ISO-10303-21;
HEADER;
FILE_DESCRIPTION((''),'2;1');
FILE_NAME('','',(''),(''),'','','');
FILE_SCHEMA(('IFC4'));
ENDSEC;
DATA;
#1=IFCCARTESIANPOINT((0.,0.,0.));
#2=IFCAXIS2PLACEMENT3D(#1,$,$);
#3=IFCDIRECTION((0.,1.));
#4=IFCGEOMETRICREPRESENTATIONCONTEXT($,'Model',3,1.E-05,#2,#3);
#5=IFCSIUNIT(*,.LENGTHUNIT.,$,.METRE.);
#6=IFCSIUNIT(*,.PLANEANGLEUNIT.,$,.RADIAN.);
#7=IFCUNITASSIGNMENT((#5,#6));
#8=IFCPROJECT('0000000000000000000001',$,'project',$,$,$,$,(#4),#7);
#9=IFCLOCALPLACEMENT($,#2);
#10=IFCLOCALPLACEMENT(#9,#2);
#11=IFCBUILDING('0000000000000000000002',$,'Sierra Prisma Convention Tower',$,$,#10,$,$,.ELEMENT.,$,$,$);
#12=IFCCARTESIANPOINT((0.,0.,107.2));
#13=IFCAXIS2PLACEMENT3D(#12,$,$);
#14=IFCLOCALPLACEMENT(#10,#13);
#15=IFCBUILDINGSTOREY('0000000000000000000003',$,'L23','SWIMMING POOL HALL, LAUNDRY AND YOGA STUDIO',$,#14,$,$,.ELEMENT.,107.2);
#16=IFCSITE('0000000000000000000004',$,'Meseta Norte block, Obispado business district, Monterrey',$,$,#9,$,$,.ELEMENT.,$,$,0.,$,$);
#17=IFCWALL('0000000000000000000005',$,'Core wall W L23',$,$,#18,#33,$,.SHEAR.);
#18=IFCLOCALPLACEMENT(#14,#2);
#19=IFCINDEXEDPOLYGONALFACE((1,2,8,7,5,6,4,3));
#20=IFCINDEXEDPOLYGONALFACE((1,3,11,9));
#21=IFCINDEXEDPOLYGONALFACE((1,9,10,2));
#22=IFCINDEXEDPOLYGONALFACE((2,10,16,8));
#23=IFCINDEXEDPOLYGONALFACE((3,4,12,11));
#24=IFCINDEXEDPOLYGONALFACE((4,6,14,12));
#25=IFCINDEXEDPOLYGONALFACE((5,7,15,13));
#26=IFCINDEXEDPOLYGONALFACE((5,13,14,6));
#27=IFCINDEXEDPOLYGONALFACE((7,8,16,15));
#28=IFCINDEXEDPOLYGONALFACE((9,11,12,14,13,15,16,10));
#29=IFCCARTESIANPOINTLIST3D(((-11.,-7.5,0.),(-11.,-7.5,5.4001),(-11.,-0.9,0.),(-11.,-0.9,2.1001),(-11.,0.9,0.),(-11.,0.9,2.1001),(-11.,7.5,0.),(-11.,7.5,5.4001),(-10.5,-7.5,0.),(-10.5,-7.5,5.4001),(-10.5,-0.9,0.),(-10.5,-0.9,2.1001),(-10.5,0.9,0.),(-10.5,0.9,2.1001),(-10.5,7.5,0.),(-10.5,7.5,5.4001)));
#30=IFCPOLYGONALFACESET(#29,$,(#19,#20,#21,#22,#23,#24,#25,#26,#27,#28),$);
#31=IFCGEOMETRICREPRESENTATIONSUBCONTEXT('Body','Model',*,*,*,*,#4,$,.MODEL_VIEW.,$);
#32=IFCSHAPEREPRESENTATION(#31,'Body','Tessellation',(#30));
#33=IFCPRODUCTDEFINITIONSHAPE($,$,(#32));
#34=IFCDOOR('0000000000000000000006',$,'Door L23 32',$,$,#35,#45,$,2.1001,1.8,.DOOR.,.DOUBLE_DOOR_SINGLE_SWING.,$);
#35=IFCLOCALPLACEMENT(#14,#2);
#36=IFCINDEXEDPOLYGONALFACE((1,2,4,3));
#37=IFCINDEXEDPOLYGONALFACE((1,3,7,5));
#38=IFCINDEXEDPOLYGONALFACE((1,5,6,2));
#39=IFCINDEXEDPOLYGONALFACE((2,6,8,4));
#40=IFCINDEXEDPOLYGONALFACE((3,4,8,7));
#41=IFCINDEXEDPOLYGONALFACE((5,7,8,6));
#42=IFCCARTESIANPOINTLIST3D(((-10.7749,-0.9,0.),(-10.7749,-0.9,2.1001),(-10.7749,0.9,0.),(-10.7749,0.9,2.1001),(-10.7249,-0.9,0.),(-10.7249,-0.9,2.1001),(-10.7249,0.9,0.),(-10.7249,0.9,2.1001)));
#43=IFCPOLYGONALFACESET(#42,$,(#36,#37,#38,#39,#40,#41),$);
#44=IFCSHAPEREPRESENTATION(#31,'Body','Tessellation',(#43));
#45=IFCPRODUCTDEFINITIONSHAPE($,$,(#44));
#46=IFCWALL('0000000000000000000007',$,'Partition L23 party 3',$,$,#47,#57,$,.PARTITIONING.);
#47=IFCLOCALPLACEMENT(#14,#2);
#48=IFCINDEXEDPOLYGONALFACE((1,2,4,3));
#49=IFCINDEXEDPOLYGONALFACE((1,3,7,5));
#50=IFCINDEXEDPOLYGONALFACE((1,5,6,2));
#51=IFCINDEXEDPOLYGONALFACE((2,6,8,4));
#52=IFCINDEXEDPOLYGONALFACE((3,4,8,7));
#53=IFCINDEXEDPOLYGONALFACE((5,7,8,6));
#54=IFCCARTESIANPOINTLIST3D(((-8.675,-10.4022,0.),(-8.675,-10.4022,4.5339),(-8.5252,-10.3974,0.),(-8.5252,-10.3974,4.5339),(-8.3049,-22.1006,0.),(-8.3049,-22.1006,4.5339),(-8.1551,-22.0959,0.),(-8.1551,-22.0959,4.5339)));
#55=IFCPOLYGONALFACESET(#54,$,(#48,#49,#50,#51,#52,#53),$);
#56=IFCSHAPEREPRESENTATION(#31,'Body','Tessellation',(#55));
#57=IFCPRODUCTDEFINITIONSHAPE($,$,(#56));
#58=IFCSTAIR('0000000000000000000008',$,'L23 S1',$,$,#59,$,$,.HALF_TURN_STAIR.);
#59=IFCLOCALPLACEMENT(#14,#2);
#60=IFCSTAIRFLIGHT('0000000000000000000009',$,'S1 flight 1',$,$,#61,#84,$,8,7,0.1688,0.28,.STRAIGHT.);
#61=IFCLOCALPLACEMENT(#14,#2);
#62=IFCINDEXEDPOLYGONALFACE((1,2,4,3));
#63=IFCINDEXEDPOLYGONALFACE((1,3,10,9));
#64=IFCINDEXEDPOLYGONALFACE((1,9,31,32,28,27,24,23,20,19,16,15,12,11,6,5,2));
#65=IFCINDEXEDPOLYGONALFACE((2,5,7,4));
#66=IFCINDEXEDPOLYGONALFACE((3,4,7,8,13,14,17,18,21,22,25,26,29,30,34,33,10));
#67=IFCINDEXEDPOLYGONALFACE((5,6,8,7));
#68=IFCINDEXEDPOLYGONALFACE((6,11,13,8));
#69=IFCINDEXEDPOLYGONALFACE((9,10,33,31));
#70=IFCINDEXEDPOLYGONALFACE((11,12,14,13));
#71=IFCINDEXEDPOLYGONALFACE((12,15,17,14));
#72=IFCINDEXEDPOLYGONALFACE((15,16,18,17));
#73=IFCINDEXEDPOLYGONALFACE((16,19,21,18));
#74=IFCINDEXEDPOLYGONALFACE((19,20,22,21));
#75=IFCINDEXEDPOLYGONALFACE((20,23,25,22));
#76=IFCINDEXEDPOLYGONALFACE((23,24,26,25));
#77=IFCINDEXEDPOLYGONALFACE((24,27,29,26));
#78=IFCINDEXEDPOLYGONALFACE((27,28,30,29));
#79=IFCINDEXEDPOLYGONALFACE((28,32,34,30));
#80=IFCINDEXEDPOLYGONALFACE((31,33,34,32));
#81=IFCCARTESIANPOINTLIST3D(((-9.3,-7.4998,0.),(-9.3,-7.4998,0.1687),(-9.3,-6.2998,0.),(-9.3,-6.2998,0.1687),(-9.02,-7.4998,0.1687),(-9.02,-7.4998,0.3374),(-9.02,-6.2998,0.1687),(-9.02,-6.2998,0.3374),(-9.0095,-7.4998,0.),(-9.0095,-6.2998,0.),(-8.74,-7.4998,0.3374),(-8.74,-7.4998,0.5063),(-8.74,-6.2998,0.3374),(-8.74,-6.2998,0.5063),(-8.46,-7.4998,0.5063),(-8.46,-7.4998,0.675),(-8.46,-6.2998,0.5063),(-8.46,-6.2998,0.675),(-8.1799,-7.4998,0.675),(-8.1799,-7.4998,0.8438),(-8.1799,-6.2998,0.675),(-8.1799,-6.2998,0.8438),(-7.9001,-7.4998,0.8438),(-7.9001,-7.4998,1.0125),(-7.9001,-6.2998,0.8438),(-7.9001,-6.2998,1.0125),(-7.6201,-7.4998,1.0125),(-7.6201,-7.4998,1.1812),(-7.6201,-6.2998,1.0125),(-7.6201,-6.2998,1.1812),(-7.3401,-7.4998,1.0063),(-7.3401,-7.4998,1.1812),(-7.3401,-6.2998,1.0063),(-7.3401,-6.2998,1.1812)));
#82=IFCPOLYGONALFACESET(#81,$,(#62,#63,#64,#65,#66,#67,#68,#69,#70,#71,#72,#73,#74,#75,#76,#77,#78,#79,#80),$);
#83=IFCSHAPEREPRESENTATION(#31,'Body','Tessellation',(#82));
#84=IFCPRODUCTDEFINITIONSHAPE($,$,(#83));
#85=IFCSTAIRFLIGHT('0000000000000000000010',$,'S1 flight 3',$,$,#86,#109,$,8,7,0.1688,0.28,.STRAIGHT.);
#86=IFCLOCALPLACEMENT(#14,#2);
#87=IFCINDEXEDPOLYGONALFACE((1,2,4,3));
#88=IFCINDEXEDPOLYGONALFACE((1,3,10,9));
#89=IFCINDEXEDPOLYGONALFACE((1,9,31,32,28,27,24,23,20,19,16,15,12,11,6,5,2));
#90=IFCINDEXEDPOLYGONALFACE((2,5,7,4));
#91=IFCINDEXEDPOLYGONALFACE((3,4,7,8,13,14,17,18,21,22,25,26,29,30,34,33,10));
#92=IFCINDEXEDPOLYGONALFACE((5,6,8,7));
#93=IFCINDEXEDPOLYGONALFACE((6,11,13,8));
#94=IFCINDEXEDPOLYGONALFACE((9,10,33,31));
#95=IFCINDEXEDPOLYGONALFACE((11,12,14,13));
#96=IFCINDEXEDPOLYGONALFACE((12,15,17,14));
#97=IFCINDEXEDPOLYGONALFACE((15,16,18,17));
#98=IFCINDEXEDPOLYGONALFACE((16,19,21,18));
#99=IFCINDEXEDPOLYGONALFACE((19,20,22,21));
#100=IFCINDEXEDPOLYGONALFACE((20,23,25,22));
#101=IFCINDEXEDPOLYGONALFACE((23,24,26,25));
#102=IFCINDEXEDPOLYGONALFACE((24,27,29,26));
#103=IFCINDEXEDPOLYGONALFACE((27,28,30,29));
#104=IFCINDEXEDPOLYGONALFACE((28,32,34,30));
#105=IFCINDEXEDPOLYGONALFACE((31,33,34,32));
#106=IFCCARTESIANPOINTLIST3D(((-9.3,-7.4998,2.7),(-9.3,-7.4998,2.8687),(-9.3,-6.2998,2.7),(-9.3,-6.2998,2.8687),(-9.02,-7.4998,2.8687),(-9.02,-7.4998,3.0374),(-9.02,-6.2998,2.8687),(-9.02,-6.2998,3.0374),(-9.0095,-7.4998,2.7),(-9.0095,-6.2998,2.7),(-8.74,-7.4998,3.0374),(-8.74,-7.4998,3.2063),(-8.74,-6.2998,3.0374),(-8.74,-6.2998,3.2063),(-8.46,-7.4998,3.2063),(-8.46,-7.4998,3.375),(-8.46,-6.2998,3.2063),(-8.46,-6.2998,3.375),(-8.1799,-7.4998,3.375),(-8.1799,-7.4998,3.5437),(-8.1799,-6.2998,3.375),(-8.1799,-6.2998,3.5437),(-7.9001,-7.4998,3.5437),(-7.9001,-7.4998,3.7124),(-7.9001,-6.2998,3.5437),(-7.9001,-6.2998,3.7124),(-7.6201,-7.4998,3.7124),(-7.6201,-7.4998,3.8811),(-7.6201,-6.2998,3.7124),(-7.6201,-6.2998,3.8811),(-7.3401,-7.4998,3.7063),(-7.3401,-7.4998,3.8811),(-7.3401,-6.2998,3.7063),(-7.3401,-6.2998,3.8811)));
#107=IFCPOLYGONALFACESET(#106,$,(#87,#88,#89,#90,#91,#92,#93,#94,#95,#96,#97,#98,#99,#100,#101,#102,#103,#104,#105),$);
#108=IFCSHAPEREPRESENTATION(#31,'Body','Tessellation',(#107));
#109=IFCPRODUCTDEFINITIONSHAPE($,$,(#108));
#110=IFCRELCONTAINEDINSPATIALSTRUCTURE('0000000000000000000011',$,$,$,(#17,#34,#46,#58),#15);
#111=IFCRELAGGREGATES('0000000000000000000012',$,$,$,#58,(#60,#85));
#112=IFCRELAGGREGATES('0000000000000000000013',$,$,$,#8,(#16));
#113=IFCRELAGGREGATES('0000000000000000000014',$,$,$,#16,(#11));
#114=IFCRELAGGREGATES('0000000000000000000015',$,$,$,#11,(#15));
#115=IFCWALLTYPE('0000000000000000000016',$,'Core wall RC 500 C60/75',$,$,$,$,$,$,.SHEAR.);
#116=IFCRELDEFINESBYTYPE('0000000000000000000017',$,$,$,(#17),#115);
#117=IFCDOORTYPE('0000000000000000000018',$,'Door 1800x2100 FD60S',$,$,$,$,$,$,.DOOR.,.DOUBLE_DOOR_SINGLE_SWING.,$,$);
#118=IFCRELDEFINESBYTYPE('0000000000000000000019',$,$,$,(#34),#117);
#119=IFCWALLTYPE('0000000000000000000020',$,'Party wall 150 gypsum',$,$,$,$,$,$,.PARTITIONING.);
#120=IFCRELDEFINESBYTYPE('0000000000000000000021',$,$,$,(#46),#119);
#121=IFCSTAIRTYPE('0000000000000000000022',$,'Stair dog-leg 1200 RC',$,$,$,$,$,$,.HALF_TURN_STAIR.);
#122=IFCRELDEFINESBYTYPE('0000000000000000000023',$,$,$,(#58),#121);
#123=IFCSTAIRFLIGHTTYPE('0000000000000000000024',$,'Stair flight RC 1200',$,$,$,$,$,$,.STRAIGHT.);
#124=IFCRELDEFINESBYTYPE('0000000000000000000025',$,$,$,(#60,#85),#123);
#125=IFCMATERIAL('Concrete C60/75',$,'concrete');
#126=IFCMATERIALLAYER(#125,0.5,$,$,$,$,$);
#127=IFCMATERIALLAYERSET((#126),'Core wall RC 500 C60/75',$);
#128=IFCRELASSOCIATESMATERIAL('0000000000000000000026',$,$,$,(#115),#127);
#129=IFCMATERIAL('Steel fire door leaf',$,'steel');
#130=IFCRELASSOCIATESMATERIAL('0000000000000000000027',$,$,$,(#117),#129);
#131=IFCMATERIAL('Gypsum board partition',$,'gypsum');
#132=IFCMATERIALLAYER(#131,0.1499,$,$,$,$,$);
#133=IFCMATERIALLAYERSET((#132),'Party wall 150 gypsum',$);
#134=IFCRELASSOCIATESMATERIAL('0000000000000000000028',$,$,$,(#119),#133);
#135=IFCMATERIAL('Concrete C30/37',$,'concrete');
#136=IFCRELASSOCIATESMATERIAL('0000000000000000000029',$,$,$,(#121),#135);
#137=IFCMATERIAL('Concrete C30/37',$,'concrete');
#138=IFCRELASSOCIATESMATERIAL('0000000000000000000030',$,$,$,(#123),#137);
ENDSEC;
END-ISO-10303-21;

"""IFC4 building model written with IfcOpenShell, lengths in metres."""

from ifc_helpers import new_model, si_unit, direction, frame, frame_2d, origin, place, context, subcontext, project, spatial, polyline, rectangle, outline, extrude, material, layer, layer_set, type_object, element, fill, aggregate, save


model = new_model("IFC4")

# Units and contexts
model_context = context("Model", 3, precision=1e-05, world=origin(), true_north=direction((0.0, 1.0)))
body_context = subcontext(model_context, "Body", "Model", "MODEL_VIEW")
ifc_project = project(units=[si_unit("LENGTHUNIT", "METRE"), si_unit("PLANEANGLEUNIT", "RADIAN")], contexts=[model_context])

# Site, building, storey
site_placement = place(None, origin())
site = spatial("IfcSite", under=ifc_project, at=site_placement, Name="Meseta Norte block, Obispado business district, Monterrey", CompositionType="ELEMENT", RefElevation=0.0)
building_placement = place(site_placement, origin())
building = spatial("IfcBuilding", under=site, at=building_placement, Name="Sierra Prisma Convention Tower", CompositionType="ELEMENT")
storey_placement = place(building_placement, frame((0.0, 0.0, 107.2)))
storey = spatial("IfcBuildingStorey", under=building, at=storey_placement, Name="L23", Description="SWIMMING POOL HALL, LAUNDRY AND YOGA STUDIO", CompositionType="ELEMENT", Elevation=107.2)

# Wall, opening, door
ifc_material_1 = material(Name="Concrete C60/75", Category="concrete")
ifc_layer_1 = layer(ifc_material_1, 0.5)
ifc_layer_set_1 = layer_set([ifc_layer_1], Name="Core wall RC 500 C60/75")
wall_type_1 = type_object("IfcWallType", Name="Core wall RC 500 C60/75", PredefinedType="SHEAR", material=ifc_layer_set_1)
wall_1_placement = place(storey_placement, frame((-10.75, -7.5, 0.0), z_axis=(0.0, 0.0, 1.0), x_axis=(0.0, 1.0, 0.0)))
wall_1 = element("IfcWall", 1, at=wall_1_placement, inside=storey, type_object=wall_type_1, Name="Core wall W L23", PredefinedType="SHEAR", context=body_context, shape_type="SweptSolid", body=[
    extrude(rectangle(XDim=15.0, YDim=0.5, at=frame_2d((7.5, 0.0))), origin(), (0.0, 0.0, 1.0), 5.4001),
])
opening_1_placement = place(wall_1_placement, frame((6.6001, 0.0, 0.0)))
opening_1 = element("IfcOpeningElement", 2, at=opening_1_placement, cuts=wall_1, PredefinedType="OPENING", context=body_context, shape_type="SweptSolid", body=[
    extrude(rectangle(XDim=1.8, YDim=2.1001, at=frame_2d((0.8999, 1.05))), frame((0.0, 0.25, 0.0), z_axis=(0.0, -1.0, 0.0), x_axis=(1.0, 0.0, 0.0)), (0.0, 0.0, 1.0), 0.5),
])
ifc_material_2 = material(Name="Steel fire door leaf", Category="steel")
door_type_1 = type_object("IfcDoorType", Name="Door 1800x2100 FD60S", OperationType="DOUBLE_DOOR_SINGLE_SWING", PredefinedType="DOOR", material=ifc_material_2)
door_1_placement = place(opening_1_placement, origin())
door_1 = element("IfcDoor", 3, at=door_1_placement, inside=storey, type_object=door_type_1, Name="Door L23 32", OperationType="DOUBLE_DOOR_SINGLE_SWING", OverallHeight=2.1001, OverallWidth=1.8, PredefinedType="DOOR", context=body_context, shape_type="SweptSolid", body=[
    extrude(rectangle(XDim=1.8, YDim=2.1001, at=frame_2d((0.8999, 1.05))), frame((0.0, 0.0249, 0.0), z_axis=(0.0, -1.0, 0.0), x_axis=(1.0, 0.0, 0.0)), (0.0, 0.0, 1.0), 0.05),
])
fill(opening_1, door_1)

# Wall
ifc_material_3 = material(Name="Gypsum board partition", Category="gypsum")
ifc_layer_2 = layer(ifc_material_3, 0.1499)
ifc_layer_set_2 = layer_set([ifc_layer_2], Name="Party wall 150 gypsum")
wall_type_2 = type_object("IfcWallType", Name="Party wall 150 gypsum", PredefinedType="PARTITIONING", material=ifc_layer_set_2)
wall_2_placement = place(storey_placement, frame((-8.6001, -10.3999, 0.0), z_axis=(0.0, 0.0, 1.0), x_axis=(0.031622, -0.9995, 0.0)))
element("IfcWall", 4, at=wall_2_placement, inside=storey, type_object=wall_type_2, Name="Partition L23 party 3", PredefinedType="PARTITIONING", context=body_context, shape_type="SweptSolid", body=[
    extrude(rectangle(XDim=11.7043, YDim=0.1499, at=frame_2d((5.8521, 0.0))), origin(), (0.0, 0.0, 1.0), 4.5339),
])

# Stair, stair flights
ifc_material_4 = material(Name="Concrete C30/37", Category="concrete")
stair_type = type_object("IfcStairType", Name="Stair dog-leg 1200 RC", PredefinedType="HALF_TURN_STAIR", material=ifc_material_4)
stair_placement = place(storey_placement, origin())
stair = element("IfcStair", 5, at=stair_placement, inside=storey, type_object=stair_type, Name="L23 S1", PredefinedType="HALF_TURN_STAIR")
ifc_material_5 = material(Name="Concrete C30/37", Category="concrete")
stair_flight_type = type_object("IfcStairFlightType", Name="Stair flight RC 1200", PredefinedType="STRAIGHT", material=ifc_material_5)
stair_flight_1_placement = place(storey_placement, frame((-9.3, -6.8999, 0.0), z_axis=(0.0, 0.0, 1.0), x_axis=(1.0, 0.0, 0.0)))
stair_flight_1 = element("IfcStairFlight", 6, at=stair_flight_1_placement, type_object=stair_flight_type, Name="S1 flight 1", NumberOfRisers=8, NumberOfTreads=7, PredefinedType="STRAIGHT", RiserHeight=0.1688, TreadLength=0.28, context=body_context, shape_type="SweptSolid", body=[
    extrude(outline(polyline([(0.0, 0.0), (0.0, 0.1687), (0.28, 0.1687), (0.28, 0.3374), (0.5601, 0.3374), (0.5601, 0.5063), (0.8401, 0.5063), (0.8401, 0.675), (1.1201, 0.675), (1.1201, 0.8438), (1.3999, 0.8438), (1.3999, 1.0125), (1.6799, 1.0125), (1.6799, 1.1812), (1.96, 1.1812), (1.96, 1.3501), (1.96, 1.0063), (0.2905, 0.0), (0.0, 0.0)])), frame((0.0, 0.6001, 0.0), z_axis=(0.0, -1.0, 0.0), x_axis=(1.0, 0.0, 0.0)), (0.0, 0.0, 1.0), 1.2),
])
stair_flight_2_placement = place(storey_placement, frame((-9.3, -6.8999, 2.7), z_axis=(0.0, 0.0, 1.0), x_axis=(1.0, 0.0, 0.0)))
stair_flight_2 = element("IfcStairFlight", 7, at=stair_flight_2_placement, type_object=stair_flight_type, Name="S1 flight 3", NumberOfRisers=8, NumberOfTreads=7, PredefinedType="STRAIGHT", RiserHeight=0.1688, TreadLength=0.28, context=body_context, shape_type="SweptSolid", body=[
    extrude(outline(polyline([(0.0, 0.0), (0.0, 0.1687), (0.28, 0.1687), (0.28, 0.3374), (0.5601, 0.3374), (0.5601, 0.5063), (0.8401, 0.5063), (0.8401, 0.675), (1.1201, 0.675), (1.1201, 0.8438), (1.3999, 0.8438), (1.3999, 1.0125), (1.6799, 1.0125), (1.6799, 1.1812), (1.96, 1.1812), (1.96, 1.3501), (1.96, 1.0063), (0.2905, 0.0), (0.0, 0.0)])), frame((0.0, 0.6001, 0.0), z_axis=(0.0, -1.0, 0.0), x_axis=(1.0, 0.0, 0.0)), (0.0, 0.0, 1.0), 1.2),
])
aggregate(stair, [stair_flight_1, stair_flight_2])

save(model, "model.ifc")
